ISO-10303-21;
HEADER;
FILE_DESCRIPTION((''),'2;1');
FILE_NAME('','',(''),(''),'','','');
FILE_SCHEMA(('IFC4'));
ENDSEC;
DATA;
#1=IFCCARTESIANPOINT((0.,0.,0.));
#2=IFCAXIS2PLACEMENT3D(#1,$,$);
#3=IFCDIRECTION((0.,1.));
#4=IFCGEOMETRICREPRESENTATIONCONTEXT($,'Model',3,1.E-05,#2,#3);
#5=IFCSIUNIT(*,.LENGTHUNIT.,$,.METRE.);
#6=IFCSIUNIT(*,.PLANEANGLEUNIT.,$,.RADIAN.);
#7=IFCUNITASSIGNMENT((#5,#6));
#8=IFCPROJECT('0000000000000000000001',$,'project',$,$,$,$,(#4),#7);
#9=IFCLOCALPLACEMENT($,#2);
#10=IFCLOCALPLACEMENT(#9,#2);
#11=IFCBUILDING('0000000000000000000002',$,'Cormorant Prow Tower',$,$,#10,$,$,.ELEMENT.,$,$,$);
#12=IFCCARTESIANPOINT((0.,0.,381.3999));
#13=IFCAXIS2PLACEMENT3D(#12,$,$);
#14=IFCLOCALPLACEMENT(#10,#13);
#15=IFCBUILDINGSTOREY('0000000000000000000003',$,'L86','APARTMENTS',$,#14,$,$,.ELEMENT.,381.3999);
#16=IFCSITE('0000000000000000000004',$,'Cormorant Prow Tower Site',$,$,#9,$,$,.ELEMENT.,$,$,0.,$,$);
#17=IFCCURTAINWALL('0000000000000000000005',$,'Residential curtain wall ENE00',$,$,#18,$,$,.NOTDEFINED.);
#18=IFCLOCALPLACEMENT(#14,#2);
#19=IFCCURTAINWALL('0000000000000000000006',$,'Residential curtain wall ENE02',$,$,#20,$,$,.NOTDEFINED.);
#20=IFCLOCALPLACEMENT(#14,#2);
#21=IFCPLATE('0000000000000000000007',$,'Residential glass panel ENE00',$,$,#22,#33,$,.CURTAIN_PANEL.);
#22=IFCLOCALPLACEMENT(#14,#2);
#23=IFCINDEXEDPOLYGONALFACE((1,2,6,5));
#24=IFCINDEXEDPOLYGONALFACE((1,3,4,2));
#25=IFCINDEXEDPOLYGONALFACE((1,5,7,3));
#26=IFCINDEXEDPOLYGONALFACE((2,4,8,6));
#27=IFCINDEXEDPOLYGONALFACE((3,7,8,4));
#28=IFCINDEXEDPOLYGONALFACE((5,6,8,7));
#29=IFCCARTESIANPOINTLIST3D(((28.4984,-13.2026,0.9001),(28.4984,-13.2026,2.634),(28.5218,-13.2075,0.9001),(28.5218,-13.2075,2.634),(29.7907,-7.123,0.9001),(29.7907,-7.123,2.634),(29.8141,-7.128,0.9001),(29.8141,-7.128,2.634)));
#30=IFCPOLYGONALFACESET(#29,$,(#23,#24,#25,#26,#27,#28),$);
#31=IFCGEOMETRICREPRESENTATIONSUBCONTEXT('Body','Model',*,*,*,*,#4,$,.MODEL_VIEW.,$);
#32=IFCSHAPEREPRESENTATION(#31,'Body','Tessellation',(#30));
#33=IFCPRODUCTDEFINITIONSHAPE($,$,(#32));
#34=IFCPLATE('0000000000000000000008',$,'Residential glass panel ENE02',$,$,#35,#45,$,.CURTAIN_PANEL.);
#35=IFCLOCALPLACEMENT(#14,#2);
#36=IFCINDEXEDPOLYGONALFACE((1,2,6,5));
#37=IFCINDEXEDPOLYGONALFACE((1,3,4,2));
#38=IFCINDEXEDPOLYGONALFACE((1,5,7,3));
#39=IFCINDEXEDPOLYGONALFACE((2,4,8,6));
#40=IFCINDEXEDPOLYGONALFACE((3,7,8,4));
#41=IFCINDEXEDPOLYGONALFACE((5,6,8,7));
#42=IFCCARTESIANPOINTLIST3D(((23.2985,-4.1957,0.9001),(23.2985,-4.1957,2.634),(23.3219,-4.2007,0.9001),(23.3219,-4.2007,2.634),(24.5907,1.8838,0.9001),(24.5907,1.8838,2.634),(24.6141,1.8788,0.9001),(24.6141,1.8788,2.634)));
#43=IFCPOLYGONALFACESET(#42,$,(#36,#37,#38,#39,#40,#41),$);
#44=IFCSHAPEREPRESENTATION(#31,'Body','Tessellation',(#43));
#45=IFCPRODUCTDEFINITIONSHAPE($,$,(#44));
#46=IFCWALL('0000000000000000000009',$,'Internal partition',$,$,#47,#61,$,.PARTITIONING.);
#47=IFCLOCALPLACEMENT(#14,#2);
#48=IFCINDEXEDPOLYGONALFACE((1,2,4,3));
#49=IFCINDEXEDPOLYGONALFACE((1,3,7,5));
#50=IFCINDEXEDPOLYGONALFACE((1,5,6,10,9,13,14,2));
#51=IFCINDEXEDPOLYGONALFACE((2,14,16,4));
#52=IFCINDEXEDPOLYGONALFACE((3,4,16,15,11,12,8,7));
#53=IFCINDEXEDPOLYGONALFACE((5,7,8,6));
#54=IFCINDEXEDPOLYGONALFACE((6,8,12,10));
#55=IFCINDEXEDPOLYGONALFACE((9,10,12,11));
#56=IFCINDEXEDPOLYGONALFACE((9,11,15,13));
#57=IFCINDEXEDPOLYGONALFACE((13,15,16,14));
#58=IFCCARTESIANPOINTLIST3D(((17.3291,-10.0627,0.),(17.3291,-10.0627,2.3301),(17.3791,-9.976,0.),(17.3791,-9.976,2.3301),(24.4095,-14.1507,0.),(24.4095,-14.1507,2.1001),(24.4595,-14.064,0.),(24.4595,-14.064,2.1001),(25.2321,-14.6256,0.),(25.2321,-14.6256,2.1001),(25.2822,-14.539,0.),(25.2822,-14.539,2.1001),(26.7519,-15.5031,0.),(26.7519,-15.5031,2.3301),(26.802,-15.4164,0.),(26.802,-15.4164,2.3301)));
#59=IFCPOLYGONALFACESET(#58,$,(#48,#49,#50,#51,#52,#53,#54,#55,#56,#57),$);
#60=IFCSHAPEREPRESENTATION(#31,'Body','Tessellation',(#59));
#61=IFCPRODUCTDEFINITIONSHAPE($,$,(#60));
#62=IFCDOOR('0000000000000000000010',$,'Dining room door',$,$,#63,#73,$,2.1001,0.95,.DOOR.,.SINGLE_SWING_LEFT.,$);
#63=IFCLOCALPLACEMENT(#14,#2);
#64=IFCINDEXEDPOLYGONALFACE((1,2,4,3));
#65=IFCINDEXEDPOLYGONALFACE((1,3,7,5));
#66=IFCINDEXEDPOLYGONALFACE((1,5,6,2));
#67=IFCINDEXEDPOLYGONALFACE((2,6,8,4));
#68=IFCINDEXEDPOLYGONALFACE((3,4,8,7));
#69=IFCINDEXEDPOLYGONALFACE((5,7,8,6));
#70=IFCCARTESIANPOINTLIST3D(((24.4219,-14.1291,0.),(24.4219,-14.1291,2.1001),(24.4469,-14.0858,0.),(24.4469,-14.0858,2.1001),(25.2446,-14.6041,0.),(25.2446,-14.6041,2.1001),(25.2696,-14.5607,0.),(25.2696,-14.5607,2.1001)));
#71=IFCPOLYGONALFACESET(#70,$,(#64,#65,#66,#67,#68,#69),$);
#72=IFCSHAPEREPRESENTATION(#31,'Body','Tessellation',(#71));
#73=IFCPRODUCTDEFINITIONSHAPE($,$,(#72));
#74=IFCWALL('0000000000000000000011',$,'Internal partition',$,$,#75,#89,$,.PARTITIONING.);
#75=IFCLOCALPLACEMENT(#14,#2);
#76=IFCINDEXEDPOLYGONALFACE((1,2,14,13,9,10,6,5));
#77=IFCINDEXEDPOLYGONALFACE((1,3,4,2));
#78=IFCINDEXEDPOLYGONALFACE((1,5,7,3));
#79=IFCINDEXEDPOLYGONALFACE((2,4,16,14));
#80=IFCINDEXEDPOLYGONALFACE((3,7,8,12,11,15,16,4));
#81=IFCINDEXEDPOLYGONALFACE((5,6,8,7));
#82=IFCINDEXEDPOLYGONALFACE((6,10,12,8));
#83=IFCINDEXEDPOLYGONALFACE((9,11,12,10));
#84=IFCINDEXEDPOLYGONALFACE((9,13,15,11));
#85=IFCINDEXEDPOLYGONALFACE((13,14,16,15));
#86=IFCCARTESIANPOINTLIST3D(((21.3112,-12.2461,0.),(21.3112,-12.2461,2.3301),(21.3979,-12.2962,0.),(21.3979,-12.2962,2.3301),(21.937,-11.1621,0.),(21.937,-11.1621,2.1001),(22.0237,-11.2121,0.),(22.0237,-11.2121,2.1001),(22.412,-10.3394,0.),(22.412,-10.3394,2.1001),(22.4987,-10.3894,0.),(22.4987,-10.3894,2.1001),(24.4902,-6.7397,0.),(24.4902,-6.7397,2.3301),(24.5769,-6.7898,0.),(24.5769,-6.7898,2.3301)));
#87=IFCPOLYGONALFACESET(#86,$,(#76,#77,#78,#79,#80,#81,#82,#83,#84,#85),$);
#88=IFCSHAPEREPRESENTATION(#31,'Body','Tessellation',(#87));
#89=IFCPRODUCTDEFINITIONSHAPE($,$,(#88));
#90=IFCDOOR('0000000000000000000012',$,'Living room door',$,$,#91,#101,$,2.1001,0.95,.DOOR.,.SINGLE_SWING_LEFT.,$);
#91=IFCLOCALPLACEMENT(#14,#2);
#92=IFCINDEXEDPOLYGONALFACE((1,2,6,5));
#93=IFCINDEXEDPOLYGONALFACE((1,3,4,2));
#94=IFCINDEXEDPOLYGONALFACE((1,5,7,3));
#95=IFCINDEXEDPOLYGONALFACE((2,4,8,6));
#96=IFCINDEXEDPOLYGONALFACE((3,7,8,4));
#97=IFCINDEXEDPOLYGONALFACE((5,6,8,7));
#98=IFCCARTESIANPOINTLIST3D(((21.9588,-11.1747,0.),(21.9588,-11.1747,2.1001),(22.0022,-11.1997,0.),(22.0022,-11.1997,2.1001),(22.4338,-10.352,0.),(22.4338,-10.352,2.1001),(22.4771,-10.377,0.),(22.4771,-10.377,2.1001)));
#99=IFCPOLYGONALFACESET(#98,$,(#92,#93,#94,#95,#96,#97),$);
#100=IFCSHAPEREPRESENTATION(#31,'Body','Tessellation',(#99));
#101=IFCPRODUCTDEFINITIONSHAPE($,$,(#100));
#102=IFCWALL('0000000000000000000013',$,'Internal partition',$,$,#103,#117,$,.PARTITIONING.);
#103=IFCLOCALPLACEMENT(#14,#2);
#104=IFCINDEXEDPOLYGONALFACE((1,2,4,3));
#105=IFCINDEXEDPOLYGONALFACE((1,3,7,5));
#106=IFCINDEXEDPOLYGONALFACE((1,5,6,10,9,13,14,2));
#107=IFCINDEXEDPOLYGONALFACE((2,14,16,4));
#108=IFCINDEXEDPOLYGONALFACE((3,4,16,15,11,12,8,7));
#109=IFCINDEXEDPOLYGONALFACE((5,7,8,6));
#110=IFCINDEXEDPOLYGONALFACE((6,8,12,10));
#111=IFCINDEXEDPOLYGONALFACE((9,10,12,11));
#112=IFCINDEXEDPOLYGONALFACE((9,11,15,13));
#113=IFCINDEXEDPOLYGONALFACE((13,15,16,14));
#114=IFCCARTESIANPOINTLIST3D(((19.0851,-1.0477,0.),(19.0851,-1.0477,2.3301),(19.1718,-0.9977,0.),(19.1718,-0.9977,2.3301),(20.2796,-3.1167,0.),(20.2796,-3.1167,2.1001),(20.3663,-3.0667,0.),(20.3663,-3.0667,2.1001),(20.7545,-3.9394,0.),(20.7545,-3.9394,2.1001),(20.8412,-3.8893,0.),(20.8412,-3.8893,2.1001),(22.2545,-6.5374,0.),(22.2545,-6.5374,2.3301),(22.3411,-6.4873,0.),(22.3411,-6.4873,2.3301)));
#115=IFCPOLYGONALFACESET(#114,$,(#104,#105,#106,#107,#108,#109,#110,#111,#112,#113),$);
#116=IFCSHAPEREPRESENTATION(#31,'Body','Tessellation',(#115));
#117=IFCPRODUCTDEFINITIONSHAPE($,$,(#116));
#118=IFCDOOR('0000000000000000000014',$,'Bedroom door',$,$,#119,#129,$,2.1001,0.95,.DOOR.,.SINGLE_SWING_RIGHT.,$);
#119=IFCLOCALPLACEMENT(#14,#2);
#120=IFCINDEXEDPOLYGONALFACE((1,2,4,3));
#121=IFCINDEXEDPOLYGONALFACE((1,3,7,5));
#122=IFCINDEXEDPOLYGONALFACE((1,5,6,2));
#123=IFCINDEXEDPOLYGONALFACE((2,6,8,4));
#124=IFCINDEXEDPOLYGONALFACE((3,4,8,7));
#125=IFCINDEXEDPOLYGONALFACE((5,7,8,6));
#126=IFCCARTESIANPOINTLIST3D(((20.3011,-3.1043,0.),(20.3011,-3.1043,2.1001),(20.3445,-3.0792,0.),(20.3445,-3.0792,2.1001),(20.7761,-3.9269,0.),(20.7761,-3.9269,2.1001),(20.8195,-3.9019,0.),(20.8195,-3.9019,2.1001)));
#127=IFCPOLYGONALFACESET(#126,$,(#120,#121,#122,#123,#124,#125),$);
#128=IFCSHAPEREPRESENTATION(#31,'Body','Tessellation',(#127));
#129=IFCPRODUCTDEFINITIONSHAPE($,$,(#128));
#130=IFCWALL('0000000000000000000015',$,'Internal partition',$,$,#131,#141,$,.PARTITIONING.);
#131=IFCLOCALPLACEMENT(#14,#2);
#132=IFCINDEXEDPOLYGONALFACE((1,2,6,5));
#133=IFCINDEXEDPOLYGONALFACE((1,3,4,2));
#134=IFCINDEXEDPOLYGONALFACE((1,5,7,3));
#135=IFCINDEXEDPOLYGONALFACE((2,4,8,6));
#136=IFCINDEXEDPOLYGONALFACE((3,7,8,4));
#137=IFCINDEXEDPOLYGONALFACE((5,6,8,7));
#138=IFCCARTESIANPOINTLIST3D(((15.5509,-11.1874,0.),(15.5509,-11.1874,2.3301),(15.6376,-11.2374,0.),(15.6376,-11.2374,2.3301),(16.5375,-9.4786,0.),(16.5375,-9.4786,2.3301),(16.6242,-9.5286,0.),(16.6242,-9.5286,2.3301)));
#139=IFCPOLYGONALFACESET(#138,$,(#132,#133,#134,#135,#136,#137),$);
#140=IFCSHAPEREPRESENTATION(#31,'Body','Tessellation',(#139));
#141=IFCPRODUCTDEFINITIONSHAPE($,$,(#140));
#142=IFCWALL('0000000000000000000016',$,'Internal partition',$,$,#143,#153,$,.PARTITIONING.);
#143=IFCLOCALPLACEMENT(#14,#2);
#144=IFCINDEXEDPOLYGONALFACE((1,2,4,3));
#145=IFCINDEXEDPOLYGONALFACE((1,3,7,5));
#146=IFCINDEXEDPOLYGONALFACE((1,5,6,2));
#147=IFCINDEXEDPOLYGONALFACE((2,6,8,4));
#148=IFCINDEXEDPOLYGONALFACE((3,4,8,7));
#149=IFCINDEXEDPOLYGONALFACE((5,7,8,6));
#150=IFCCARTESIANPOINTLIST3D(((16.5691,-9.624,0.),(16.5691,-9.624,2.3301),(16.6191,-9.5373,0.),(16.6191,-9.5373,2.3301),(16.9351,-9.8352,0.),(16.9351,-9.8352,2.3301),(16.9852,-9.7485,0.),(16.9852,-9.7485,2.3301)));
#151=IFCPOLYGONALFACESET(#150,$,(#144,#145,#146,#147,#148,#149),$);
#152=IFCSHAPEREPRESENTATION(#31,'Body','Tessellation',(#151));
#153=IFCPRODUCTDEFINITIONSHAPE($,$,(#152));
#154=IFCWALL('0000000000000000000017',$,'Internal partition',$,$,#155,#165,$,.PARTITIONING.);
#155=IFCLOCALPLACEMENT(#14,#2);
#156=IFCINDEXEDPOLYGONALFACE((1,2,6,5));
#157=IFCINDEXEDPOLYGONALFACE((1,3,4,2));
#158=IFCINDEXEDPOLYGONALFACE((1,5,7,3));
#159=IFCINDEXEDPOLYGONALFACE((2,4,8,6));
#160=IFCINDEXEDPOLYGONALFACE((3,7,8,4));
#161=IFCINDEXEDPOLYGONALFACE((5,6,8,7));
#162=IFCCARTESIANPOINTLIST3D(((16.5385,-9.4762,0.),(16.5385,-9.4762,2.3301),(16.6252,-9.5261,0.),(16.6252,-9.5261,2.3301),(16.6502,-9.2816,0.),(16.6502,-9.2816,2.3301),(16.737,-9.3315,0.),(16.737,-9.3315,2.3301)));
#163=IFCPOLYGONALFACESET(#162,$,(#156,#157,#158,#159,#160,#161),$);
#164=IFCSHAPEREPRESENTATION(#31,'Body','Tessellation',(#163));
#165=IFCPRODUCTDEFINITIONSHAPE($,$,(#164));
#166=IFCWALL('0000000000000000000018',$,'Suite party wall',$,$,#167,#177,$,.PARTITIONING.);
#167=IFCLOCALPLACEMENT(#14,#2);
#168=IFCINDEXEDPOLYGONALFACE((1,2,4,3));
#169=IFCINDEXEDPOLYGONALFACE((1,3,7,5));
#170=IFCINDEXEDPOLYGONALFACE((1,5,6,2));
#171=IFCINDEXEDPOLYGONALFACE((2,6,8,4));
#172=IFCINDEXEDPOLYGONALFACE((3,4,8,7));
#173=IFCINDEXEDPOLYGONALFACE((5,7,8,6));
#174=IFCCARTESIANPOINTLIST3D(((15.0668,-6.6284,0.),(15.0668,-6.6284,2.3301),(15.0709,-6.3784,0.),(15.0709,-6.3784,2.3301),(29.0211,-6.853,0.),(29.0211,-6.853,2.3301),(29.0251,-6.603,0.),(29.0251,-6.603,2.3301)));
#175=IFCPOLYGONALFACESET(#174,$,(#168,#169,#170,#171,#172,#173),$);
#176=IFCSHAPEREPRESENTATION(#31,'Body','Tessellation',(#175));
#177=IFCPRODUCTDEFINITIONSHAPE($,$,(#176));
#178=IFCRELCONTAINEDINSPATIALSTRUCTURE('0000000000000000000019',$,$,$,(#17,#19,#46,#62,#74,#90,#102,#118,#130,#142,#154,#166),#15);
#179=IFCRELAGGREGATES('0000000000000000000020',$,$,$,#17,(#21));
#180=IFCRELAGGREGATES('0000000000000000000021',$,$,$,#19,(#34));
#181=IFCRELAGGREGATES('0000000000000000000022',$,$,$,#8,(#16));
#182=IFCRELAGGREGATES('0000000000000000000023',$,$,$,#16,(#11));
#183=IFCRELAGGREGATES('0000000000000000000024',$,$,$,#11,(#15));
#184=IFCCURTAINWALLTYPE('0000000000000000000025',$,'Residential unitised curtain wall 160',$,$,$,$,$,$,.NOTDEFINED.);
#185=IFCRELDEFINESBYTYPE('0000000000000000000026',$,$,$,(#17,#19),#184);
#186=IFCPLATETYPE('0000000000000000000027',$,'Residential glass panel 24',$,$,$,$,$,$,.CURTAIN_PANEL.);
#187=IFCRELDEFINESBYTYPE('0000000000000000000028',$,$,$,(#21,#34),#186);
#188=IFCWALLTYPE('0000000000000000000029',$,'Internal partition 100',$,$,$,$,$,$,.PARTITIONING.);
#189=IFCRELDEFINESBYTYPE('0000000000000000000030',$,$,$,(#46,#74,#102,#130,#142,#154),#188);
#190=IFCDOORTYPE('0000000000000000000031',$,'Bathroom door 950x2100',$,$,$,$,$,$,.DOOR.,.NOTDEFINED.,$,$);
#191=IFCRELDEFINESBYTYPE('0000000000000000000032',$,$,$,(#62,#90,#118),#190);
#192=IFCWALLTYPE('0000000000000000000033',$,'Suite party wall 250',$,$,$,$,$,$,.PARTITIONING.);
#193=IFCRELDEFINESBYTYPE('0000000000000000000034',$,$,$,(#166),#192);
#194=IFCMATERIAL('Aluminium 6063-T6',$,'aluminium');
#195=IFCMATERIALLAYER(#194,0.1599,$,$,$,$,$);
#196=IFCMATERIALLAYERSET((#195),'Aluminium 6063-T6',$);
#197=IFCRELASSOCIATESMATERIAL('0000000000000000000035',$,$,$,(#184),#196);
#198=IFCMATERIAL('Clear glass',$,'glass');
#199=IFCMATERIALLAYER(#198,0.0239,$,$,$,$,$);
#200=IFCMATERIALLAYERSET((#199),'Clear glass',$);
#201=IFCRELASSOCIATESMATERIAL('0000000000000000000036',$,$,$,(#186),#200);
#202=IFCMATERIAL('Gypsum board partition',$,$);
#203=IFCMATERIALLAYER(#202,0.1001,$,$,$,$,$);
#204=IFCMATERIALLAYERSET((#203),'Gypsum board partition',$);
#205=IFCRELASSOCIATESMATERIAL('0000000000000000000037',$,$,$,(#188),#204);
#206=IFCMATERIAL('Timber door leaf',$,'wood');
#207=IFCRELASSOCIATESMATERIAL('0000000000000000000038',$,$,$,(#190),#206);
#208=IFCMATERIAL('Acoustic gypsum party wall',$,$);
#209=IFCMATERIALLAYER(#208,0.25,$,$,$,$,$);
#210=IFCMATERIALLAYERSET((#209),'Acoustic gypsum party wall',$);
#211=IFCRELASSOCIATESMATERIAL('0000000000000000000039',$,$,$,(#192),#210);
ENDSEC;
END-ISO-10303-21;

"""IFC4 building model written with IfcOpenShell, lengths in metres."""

from ifc_helpers import new_model, si_unit, direction, frame, frame_2d, origin, origin_2d, place, context, subcontext, project, spatial, rectangle, extrude, material, layer, layer_set, type_object, element, fill, aggregate, save


model = new_model("IFC4")

# Units and contexts
model_context = context("Model", 3, precision=1e-05, world=origin(), true_north=direction((0.0, 1.0)))
body_context = subcontext(model_context, "Body", "Model", "MODEL_VIEW")
ifc_project = project(units=[si_unit("LENGTHUNIT", "METRE"), si_unit("PLANEANGLEUNIT", "RADIAN")], contexts=[model_context])

# Site, building, storey
site_placement = place(None, origin())
site = spatial("IfcSite", under=ifc_project, at=site_placement, Name="Cormorant Prow Tower Site", CompositionType="ELEMENT", RefElevation=0.0)
building_placement = place(site_placement, origin())
building = spatial("IfcBuilding", under=site, at=building_placement, Name="Cormorant Prow Tower", CompositionType="ELEMENT")
storey_placement = place(building_placement, frame((0.0, 0.0, 381.3999)))
storey = spatial("IfcBuildingStorey", under=building, at=storey_placement, Name="L86", Description="APARTMENTS", CompositionType="ELEMENT", Elevation=381.3999)

# Curtain walls
ifc_material_1 = material(Name="Aluminium 6063-T6", Category="aluminium")
ifc_layer_1 = layer(ifc_material_1, 0.1599)
ifc_layer_set_1 = layer_set([ifc_layer_1], Name="Aluminium 6063-T6")
curtain_wall_type = type_object("IfcCurtainWallType", Name="Residential unitised curtain wall 160", PredefinedType="NOTDEFINED", material=ifc_layer_set_1)
curtain_wall_1_placement = place(storey_placement, origin())
curtain_wall_1 = element("IfcCurtainWall", 1, at=curtain_wall_1_placement, inside=storey, type_object=curtain_wall_type, Name="Residential curtain wall ENE00", PredefinedType="NOTDEFINED")
curtain_wall_2_placement = place(storey_placement, origin())
curtain_wall_2 = element("IfcCurtainWall", 2, at=curtain_wall_2_placement, inside=storey, type_object=curtain_wall_type, Name="Residential curtain wall ENE02", PredefinedType="NOTDEFINED")

# Plates
ifc_material_2 = material(Name="Clear glass", Category="glass")
ifc_layer_2 = layer(ifc_material_2, 0.0239)
ifc_layer_set_2 = layer_set([ifc_layer_2], Name="Clear glass")
plate_type = type_object("IfcPlateType", Name="Residential glass panel 24", PredefinedType="CURTAIN_PANEL", material=ifc_layer_set_2)
plate_1_placement = place(storey_placement, frame((29.1562, -10.1653, 0.9001), z_axis=(0.0, 0.0, 1.0), x_axis=(0.207912, 0.978148, 0.0)))
plate_1 = element("IfcPlate", 3, at=plate_1_placement, type_object=plate_type, Name="Residential glass panel ENE00", PredefinedType="CURTAIN_PANEL", context=body_context, shape_type="SweptSolid", body=[
    extrude(rectangle(XDim=6.2153, YDim=0.0239, at=origin_2d()), origin(), (0.0, 0.0, 1.0), 1.7339),
])
aggregate(curtain_wall_1, [plate_1])
plate_2_placement = place(storey_placement, frame((23.9563, -1.1584, 0.9001), z_axis=(0.0, 0.0, 1.0), x_axis=(0.207912, 0.978148, 0.0)))
plate_2 = element("IfcPlate", 4, at=plate_2_placement, type_object=plate_type, Name="Residential glass panel ENE02", PredefinedType="CURTAIN_PANEL", context=body_context, shape_type="SweptSolid", body=[
    extrude(rectangle(XDim=6.2153, YDim=0.0239, at=origin_2d()), origin(), (0.0, 0.0, 1.0), 1.7339),
])
aggregate(curtain_wall_2, [plate_2])

# Walls, openings, doors
ifc_material_3 = material(Name="Gypsum board partition")
ifc_layer_3 = layer(ifc_material_3, 0.1001)
ifc_layer_set_3 = layer_set([ifc_layer_3], Name="Gypsum board partition")
wall_type_1 = type_object("IfcWallType", Name="Internal partition 100", PredefinedType="PARTITIONING", material=ifc_layer_set_3)
wall_1_placement = place(storey_placement, frame((17.354, -10.0193, 0.0), z_axis=(0.0, 0.0, 1.0), x_axis=(0.86602, -0.50001, 0.0)))
wall_1 = element("IfcWall", 5, at=wall_1_placement, inside=storey, type_object=wall_type_1, Name="Internal partition", PredefinedType="PARTITIONING", context=body_context, shape_type="SweptSolid", body=[
    extrude(rectangle(XDim=10.8806, YDim=0.1001, at=frame_2d((5.4404, 0.0))), origin(), (0.0, 0.0, 1.0), 2.3301),
])
opening_1_placement = place(wall_1_placement, frame((8.1758, 0.0, 0.0)))
opening_1 = element("IfcOpeningElement", 6, at=opening_1_placement, cuts=wall_1, PredefinedType="OPENING", context=body_context, shape_type="SweptSolid", body=[
    extrude(rectangle(XDim=0.95, YDim=2.1001, at=frame_2d((0.4751, 1.05))), frame((0.0, 0.0601, 0.0), z_axis=(0.0, -1.0, 0.0), x_axis=(1.0, 0.0, 0.0)), (0.0, 0.0, 1.0), 0.1201),
])
ifc_material_4 = material(Name="Timber door leaf", Category="wood")
door_type_1 = type_object("IfcDoorType", Name="Bathroom door 950x2100", OperationType="NOTDEFINED", PredefinedType="DOOR", material=ifc_material_4)
door_1_placement = place(opening_1_placement, origin())
door_1 = element("IfcDoor", 7, at=door_1_placement, inside=storey, type_object=door_type_1, Name="Dining room door", OperationType="SINGLE_SWING_LEFT", OverallHeight=2.1001, OverallWidth=0.95, PredefinedType="DOOR", context=body_context, shape_type="SweptSolid", body=[
    extrude(rectangle(XDim=0.95, YDim=2.1001, at=frame_2d((0.4751, 1.05))), frame((0.0, 0.0249, 0.0), z_axis=(0.0, -1.0, 0.0), x_axis=(1.0, 0.0, 0.0)), (0.0, 0.0, 1.0), 0.05),
])
fill(opening_1, door_1)
wall_2_placement = place(storey_placement, frame((21.3545, -12.2712, 0.0), z_axis=(0.0, 0.0, 1.0), x_axis=(0.499984, 0.866035, 0.0)))
wall_2 = element("IfcWall", 8, at=wall_2_placement, inside=storey, type_object=wall_type_1, Name="Internal partition", PredefinedType="PARTITIONING", context=body_context, shape_type="SweptSolid", body=[
    extrude(rectangle(XDim=6.3582, YDim=0.1001, at=frame_2d((3.1792, 0.0))), origin(), (0.0, 0.0, 1.0), 2.3301),
])
opening_2_placement = place(wall_2_placement, frame((1.2517, 0.0, 0.0)))
opening_2 = element("IfcOpeningElement", 9, at=opening_2_placement, cuts=wall_2, PredefinedType="OPENING", context=body_context, shape_type="SweptSolid", body=[
    extrude(rectangle(XDim=0.95, YDim=2.1001, at=frame_2d((0.4751, 1.05))), frame((0.0, 0.0601, 0.0), z_axis=(0.0, -1.0, 0.0), x_axis=(1.0, 0.0, 0.0)), (0.0, 0.0, 1.0), 0.1201),
])
door_2_placement = place(opening_2_placement, origin())
door_2 = element("IfcDoor", 10, at=door_2_placement, inside=storey, type_object=door_type_1, Name="Living room door", OperationType="SINGLE_SWING_LEFT", OverallHeight=2.1001, OverallWidth=0.95, PredefinedType="DOOR", context=body_context, shape_type="SweptSolid", body=[
    extrude(rectangle(XDim=0.95, YDim=2.1001, at=frame_2d((0.4751, 1.05))), frame((0.0, 0.0249, 0.0), z_axis=(0.0, -1.0, 0.0), x_axis=(1.0, 0.0, 0.0)), (0.0, 0.0, 1.0), 0.05),
])
fill(opening_2, door_2)
wall_3_placement = place(storey_placement, frame((19.1284, -1.0227, 0.0), z_axis=(0.0, 0.0, 1.0), x_axis=(0.499991, -0.86603, 0.0)))
wall_3 = element("IfcWall", 11, at=wall_3_placement, inside=storey, type_object=wall_type_1, Name="Internal partition", PredefinedType="PARTITIONING", context=body_context, shape_type="SweptSolid", body=[
    extrude(rectangle(XDim=6.3389, YDim=0.1001, at=frame_2d((3.1694, 0.0))), origin(), (0.0, 0.0, 1.0), 2.3301),
])
opening_3_placement = place(wall_3_placement, frame((2.3889, 0.0, 0.0)))
opening_3 = element("IfcOpeningElement", 12, at=opening_3_placement, cuts=wall_3, PredefinedType="OPENING", context=body_context, shape_type="SweptSolid", body=[
    extrude(rectangle(XDim=0.95, YDim=2.1001, at=frame_2d((0.4751, 1.05))), frame((0.0, 0.0601, 0.0), z_axis=(0.0, -1.0, 0.0), x_axis=(1.0, 0.0, 0.0)), (0.0, 0.0, 1.0), 0.1201),
])
door_3_placement = place(opening_3_placement, origin())
door_3 = element("IfcDoor", 13, at=door_3_placement, inside=storey, type_object=door_type_1, Name="Bedroom door", OperationType="SINGLE_SWING_RIGHT", OverallHeight=2.1001, OverallWidth=0.95, PredefinedType="DOOR", context=body_context, shape_type="SweptSolid", body=[
    extrude(rectangle(XDim=0.95, YDim=2.1001, at=frame_2d((0.4751, 1.05))), frame((0.0, 0.0249, 0.0), z_axis=(0.0, -1.0, 0.0), x_axis=(1.0, 0.0, 0.0)), (0.0, 0.0, 1.0), 0.05),
])
fill(opening_3, door_3)

# Walls
wall_4_placement = place(storey_placement, frame((15.5942, -11.2124, 0.0), z_axis=(0.0, 0.0, 1.0), x_axis=(0.500012, 0.866019, 0.0)))
element("IfcWall", 14, at=wall_4_placement, inside=storey, type_object=wall_type_1, Name="Internal partition", PredefinedType="PARTITIONING", context=body_context, shape_type="SweptSolid", body=[
    extrude(rectangle(XDim=1.9731, YDim=0.1001, at=frame_2d((0.9866, 0.0))), origin(), (0.0, 0.0, 1.0), 2.3301),
])
wall_5_placement = place(storey_placement, frame((16.594, -9.5806, 0.0), z_axis=(0.0, 0.0, 1.0), x_axis=(0.866137, -0.499806, 0.0)))
element("IfcWall", 15, at=wall_5_placement, inside=storey, type_object=wall_type_1, Name="Internal partition", PredefinedType="PARTITIONING", context=body_context, shape_type="SweptSolid", body=[
    extrude(rectangle(XDim=0.4226, YDim=0.1001, at=frame_2d((0.2114, 0.0))), origin(), (0.0, 0.0, 1.0), 2.3301),
])
wall_6_placement = place(storey_placement, frame((16.5818, -9.5012, 0.0), z_axis=(0.0, 0.0, 1.0), x_axis=(0.498246, 0.867036, 0.0)))
element("IfcWall", 16, at=wall_6_placement, inside=storey, type_object=wall_type_1, Name="Internal partition", PredefinedType="PARTITIONING", context=body_context, shape_type="SweptSolid", body=[
    extrude(rectangle(XDim=0.2244, YDim=0.1001, at=frame_2d((0.1123, 0.0))), origin(), (0.0, 0.0, 1.0), 2.3301),
])
ifc_material_5 = material(Name="Acoustic gypsum party wall")
ifc_layer_4 = layer(ifc_material_5, 0.25)
ifc_layer_set_4 = layer_set([ifc_layer_4], Name="Acoustic gypsum party wall")
wall_type_2 = type_object("IfcWallType", Name="Suite party wall 250", PredefinedType="PARTITIONING", material=ifc_layer_set_4)
wall_7_placement = place(storey_placement, frame((15.0688, -6.5034, 0.0), z_axis=(0.0, 0.0, 1.0), x_axis=(0.99987, -0.016094, 0.0)))
element("IfcWall", 17, at=wall_7_placement, inside=storey, type_object=wall_type_2, Name="Suite party wall", PredefinedType="PARTITIONING", context=body_context, shape_type="SweptSolid", body=[
    extrude(rectangle(XDim=13.9561, YDim=0.25, at=frame_2d((6.978, 0.0))), origin(), (0.0, 0.0, 1.0), 2.3301),
])

save(model, "model.ifc")
